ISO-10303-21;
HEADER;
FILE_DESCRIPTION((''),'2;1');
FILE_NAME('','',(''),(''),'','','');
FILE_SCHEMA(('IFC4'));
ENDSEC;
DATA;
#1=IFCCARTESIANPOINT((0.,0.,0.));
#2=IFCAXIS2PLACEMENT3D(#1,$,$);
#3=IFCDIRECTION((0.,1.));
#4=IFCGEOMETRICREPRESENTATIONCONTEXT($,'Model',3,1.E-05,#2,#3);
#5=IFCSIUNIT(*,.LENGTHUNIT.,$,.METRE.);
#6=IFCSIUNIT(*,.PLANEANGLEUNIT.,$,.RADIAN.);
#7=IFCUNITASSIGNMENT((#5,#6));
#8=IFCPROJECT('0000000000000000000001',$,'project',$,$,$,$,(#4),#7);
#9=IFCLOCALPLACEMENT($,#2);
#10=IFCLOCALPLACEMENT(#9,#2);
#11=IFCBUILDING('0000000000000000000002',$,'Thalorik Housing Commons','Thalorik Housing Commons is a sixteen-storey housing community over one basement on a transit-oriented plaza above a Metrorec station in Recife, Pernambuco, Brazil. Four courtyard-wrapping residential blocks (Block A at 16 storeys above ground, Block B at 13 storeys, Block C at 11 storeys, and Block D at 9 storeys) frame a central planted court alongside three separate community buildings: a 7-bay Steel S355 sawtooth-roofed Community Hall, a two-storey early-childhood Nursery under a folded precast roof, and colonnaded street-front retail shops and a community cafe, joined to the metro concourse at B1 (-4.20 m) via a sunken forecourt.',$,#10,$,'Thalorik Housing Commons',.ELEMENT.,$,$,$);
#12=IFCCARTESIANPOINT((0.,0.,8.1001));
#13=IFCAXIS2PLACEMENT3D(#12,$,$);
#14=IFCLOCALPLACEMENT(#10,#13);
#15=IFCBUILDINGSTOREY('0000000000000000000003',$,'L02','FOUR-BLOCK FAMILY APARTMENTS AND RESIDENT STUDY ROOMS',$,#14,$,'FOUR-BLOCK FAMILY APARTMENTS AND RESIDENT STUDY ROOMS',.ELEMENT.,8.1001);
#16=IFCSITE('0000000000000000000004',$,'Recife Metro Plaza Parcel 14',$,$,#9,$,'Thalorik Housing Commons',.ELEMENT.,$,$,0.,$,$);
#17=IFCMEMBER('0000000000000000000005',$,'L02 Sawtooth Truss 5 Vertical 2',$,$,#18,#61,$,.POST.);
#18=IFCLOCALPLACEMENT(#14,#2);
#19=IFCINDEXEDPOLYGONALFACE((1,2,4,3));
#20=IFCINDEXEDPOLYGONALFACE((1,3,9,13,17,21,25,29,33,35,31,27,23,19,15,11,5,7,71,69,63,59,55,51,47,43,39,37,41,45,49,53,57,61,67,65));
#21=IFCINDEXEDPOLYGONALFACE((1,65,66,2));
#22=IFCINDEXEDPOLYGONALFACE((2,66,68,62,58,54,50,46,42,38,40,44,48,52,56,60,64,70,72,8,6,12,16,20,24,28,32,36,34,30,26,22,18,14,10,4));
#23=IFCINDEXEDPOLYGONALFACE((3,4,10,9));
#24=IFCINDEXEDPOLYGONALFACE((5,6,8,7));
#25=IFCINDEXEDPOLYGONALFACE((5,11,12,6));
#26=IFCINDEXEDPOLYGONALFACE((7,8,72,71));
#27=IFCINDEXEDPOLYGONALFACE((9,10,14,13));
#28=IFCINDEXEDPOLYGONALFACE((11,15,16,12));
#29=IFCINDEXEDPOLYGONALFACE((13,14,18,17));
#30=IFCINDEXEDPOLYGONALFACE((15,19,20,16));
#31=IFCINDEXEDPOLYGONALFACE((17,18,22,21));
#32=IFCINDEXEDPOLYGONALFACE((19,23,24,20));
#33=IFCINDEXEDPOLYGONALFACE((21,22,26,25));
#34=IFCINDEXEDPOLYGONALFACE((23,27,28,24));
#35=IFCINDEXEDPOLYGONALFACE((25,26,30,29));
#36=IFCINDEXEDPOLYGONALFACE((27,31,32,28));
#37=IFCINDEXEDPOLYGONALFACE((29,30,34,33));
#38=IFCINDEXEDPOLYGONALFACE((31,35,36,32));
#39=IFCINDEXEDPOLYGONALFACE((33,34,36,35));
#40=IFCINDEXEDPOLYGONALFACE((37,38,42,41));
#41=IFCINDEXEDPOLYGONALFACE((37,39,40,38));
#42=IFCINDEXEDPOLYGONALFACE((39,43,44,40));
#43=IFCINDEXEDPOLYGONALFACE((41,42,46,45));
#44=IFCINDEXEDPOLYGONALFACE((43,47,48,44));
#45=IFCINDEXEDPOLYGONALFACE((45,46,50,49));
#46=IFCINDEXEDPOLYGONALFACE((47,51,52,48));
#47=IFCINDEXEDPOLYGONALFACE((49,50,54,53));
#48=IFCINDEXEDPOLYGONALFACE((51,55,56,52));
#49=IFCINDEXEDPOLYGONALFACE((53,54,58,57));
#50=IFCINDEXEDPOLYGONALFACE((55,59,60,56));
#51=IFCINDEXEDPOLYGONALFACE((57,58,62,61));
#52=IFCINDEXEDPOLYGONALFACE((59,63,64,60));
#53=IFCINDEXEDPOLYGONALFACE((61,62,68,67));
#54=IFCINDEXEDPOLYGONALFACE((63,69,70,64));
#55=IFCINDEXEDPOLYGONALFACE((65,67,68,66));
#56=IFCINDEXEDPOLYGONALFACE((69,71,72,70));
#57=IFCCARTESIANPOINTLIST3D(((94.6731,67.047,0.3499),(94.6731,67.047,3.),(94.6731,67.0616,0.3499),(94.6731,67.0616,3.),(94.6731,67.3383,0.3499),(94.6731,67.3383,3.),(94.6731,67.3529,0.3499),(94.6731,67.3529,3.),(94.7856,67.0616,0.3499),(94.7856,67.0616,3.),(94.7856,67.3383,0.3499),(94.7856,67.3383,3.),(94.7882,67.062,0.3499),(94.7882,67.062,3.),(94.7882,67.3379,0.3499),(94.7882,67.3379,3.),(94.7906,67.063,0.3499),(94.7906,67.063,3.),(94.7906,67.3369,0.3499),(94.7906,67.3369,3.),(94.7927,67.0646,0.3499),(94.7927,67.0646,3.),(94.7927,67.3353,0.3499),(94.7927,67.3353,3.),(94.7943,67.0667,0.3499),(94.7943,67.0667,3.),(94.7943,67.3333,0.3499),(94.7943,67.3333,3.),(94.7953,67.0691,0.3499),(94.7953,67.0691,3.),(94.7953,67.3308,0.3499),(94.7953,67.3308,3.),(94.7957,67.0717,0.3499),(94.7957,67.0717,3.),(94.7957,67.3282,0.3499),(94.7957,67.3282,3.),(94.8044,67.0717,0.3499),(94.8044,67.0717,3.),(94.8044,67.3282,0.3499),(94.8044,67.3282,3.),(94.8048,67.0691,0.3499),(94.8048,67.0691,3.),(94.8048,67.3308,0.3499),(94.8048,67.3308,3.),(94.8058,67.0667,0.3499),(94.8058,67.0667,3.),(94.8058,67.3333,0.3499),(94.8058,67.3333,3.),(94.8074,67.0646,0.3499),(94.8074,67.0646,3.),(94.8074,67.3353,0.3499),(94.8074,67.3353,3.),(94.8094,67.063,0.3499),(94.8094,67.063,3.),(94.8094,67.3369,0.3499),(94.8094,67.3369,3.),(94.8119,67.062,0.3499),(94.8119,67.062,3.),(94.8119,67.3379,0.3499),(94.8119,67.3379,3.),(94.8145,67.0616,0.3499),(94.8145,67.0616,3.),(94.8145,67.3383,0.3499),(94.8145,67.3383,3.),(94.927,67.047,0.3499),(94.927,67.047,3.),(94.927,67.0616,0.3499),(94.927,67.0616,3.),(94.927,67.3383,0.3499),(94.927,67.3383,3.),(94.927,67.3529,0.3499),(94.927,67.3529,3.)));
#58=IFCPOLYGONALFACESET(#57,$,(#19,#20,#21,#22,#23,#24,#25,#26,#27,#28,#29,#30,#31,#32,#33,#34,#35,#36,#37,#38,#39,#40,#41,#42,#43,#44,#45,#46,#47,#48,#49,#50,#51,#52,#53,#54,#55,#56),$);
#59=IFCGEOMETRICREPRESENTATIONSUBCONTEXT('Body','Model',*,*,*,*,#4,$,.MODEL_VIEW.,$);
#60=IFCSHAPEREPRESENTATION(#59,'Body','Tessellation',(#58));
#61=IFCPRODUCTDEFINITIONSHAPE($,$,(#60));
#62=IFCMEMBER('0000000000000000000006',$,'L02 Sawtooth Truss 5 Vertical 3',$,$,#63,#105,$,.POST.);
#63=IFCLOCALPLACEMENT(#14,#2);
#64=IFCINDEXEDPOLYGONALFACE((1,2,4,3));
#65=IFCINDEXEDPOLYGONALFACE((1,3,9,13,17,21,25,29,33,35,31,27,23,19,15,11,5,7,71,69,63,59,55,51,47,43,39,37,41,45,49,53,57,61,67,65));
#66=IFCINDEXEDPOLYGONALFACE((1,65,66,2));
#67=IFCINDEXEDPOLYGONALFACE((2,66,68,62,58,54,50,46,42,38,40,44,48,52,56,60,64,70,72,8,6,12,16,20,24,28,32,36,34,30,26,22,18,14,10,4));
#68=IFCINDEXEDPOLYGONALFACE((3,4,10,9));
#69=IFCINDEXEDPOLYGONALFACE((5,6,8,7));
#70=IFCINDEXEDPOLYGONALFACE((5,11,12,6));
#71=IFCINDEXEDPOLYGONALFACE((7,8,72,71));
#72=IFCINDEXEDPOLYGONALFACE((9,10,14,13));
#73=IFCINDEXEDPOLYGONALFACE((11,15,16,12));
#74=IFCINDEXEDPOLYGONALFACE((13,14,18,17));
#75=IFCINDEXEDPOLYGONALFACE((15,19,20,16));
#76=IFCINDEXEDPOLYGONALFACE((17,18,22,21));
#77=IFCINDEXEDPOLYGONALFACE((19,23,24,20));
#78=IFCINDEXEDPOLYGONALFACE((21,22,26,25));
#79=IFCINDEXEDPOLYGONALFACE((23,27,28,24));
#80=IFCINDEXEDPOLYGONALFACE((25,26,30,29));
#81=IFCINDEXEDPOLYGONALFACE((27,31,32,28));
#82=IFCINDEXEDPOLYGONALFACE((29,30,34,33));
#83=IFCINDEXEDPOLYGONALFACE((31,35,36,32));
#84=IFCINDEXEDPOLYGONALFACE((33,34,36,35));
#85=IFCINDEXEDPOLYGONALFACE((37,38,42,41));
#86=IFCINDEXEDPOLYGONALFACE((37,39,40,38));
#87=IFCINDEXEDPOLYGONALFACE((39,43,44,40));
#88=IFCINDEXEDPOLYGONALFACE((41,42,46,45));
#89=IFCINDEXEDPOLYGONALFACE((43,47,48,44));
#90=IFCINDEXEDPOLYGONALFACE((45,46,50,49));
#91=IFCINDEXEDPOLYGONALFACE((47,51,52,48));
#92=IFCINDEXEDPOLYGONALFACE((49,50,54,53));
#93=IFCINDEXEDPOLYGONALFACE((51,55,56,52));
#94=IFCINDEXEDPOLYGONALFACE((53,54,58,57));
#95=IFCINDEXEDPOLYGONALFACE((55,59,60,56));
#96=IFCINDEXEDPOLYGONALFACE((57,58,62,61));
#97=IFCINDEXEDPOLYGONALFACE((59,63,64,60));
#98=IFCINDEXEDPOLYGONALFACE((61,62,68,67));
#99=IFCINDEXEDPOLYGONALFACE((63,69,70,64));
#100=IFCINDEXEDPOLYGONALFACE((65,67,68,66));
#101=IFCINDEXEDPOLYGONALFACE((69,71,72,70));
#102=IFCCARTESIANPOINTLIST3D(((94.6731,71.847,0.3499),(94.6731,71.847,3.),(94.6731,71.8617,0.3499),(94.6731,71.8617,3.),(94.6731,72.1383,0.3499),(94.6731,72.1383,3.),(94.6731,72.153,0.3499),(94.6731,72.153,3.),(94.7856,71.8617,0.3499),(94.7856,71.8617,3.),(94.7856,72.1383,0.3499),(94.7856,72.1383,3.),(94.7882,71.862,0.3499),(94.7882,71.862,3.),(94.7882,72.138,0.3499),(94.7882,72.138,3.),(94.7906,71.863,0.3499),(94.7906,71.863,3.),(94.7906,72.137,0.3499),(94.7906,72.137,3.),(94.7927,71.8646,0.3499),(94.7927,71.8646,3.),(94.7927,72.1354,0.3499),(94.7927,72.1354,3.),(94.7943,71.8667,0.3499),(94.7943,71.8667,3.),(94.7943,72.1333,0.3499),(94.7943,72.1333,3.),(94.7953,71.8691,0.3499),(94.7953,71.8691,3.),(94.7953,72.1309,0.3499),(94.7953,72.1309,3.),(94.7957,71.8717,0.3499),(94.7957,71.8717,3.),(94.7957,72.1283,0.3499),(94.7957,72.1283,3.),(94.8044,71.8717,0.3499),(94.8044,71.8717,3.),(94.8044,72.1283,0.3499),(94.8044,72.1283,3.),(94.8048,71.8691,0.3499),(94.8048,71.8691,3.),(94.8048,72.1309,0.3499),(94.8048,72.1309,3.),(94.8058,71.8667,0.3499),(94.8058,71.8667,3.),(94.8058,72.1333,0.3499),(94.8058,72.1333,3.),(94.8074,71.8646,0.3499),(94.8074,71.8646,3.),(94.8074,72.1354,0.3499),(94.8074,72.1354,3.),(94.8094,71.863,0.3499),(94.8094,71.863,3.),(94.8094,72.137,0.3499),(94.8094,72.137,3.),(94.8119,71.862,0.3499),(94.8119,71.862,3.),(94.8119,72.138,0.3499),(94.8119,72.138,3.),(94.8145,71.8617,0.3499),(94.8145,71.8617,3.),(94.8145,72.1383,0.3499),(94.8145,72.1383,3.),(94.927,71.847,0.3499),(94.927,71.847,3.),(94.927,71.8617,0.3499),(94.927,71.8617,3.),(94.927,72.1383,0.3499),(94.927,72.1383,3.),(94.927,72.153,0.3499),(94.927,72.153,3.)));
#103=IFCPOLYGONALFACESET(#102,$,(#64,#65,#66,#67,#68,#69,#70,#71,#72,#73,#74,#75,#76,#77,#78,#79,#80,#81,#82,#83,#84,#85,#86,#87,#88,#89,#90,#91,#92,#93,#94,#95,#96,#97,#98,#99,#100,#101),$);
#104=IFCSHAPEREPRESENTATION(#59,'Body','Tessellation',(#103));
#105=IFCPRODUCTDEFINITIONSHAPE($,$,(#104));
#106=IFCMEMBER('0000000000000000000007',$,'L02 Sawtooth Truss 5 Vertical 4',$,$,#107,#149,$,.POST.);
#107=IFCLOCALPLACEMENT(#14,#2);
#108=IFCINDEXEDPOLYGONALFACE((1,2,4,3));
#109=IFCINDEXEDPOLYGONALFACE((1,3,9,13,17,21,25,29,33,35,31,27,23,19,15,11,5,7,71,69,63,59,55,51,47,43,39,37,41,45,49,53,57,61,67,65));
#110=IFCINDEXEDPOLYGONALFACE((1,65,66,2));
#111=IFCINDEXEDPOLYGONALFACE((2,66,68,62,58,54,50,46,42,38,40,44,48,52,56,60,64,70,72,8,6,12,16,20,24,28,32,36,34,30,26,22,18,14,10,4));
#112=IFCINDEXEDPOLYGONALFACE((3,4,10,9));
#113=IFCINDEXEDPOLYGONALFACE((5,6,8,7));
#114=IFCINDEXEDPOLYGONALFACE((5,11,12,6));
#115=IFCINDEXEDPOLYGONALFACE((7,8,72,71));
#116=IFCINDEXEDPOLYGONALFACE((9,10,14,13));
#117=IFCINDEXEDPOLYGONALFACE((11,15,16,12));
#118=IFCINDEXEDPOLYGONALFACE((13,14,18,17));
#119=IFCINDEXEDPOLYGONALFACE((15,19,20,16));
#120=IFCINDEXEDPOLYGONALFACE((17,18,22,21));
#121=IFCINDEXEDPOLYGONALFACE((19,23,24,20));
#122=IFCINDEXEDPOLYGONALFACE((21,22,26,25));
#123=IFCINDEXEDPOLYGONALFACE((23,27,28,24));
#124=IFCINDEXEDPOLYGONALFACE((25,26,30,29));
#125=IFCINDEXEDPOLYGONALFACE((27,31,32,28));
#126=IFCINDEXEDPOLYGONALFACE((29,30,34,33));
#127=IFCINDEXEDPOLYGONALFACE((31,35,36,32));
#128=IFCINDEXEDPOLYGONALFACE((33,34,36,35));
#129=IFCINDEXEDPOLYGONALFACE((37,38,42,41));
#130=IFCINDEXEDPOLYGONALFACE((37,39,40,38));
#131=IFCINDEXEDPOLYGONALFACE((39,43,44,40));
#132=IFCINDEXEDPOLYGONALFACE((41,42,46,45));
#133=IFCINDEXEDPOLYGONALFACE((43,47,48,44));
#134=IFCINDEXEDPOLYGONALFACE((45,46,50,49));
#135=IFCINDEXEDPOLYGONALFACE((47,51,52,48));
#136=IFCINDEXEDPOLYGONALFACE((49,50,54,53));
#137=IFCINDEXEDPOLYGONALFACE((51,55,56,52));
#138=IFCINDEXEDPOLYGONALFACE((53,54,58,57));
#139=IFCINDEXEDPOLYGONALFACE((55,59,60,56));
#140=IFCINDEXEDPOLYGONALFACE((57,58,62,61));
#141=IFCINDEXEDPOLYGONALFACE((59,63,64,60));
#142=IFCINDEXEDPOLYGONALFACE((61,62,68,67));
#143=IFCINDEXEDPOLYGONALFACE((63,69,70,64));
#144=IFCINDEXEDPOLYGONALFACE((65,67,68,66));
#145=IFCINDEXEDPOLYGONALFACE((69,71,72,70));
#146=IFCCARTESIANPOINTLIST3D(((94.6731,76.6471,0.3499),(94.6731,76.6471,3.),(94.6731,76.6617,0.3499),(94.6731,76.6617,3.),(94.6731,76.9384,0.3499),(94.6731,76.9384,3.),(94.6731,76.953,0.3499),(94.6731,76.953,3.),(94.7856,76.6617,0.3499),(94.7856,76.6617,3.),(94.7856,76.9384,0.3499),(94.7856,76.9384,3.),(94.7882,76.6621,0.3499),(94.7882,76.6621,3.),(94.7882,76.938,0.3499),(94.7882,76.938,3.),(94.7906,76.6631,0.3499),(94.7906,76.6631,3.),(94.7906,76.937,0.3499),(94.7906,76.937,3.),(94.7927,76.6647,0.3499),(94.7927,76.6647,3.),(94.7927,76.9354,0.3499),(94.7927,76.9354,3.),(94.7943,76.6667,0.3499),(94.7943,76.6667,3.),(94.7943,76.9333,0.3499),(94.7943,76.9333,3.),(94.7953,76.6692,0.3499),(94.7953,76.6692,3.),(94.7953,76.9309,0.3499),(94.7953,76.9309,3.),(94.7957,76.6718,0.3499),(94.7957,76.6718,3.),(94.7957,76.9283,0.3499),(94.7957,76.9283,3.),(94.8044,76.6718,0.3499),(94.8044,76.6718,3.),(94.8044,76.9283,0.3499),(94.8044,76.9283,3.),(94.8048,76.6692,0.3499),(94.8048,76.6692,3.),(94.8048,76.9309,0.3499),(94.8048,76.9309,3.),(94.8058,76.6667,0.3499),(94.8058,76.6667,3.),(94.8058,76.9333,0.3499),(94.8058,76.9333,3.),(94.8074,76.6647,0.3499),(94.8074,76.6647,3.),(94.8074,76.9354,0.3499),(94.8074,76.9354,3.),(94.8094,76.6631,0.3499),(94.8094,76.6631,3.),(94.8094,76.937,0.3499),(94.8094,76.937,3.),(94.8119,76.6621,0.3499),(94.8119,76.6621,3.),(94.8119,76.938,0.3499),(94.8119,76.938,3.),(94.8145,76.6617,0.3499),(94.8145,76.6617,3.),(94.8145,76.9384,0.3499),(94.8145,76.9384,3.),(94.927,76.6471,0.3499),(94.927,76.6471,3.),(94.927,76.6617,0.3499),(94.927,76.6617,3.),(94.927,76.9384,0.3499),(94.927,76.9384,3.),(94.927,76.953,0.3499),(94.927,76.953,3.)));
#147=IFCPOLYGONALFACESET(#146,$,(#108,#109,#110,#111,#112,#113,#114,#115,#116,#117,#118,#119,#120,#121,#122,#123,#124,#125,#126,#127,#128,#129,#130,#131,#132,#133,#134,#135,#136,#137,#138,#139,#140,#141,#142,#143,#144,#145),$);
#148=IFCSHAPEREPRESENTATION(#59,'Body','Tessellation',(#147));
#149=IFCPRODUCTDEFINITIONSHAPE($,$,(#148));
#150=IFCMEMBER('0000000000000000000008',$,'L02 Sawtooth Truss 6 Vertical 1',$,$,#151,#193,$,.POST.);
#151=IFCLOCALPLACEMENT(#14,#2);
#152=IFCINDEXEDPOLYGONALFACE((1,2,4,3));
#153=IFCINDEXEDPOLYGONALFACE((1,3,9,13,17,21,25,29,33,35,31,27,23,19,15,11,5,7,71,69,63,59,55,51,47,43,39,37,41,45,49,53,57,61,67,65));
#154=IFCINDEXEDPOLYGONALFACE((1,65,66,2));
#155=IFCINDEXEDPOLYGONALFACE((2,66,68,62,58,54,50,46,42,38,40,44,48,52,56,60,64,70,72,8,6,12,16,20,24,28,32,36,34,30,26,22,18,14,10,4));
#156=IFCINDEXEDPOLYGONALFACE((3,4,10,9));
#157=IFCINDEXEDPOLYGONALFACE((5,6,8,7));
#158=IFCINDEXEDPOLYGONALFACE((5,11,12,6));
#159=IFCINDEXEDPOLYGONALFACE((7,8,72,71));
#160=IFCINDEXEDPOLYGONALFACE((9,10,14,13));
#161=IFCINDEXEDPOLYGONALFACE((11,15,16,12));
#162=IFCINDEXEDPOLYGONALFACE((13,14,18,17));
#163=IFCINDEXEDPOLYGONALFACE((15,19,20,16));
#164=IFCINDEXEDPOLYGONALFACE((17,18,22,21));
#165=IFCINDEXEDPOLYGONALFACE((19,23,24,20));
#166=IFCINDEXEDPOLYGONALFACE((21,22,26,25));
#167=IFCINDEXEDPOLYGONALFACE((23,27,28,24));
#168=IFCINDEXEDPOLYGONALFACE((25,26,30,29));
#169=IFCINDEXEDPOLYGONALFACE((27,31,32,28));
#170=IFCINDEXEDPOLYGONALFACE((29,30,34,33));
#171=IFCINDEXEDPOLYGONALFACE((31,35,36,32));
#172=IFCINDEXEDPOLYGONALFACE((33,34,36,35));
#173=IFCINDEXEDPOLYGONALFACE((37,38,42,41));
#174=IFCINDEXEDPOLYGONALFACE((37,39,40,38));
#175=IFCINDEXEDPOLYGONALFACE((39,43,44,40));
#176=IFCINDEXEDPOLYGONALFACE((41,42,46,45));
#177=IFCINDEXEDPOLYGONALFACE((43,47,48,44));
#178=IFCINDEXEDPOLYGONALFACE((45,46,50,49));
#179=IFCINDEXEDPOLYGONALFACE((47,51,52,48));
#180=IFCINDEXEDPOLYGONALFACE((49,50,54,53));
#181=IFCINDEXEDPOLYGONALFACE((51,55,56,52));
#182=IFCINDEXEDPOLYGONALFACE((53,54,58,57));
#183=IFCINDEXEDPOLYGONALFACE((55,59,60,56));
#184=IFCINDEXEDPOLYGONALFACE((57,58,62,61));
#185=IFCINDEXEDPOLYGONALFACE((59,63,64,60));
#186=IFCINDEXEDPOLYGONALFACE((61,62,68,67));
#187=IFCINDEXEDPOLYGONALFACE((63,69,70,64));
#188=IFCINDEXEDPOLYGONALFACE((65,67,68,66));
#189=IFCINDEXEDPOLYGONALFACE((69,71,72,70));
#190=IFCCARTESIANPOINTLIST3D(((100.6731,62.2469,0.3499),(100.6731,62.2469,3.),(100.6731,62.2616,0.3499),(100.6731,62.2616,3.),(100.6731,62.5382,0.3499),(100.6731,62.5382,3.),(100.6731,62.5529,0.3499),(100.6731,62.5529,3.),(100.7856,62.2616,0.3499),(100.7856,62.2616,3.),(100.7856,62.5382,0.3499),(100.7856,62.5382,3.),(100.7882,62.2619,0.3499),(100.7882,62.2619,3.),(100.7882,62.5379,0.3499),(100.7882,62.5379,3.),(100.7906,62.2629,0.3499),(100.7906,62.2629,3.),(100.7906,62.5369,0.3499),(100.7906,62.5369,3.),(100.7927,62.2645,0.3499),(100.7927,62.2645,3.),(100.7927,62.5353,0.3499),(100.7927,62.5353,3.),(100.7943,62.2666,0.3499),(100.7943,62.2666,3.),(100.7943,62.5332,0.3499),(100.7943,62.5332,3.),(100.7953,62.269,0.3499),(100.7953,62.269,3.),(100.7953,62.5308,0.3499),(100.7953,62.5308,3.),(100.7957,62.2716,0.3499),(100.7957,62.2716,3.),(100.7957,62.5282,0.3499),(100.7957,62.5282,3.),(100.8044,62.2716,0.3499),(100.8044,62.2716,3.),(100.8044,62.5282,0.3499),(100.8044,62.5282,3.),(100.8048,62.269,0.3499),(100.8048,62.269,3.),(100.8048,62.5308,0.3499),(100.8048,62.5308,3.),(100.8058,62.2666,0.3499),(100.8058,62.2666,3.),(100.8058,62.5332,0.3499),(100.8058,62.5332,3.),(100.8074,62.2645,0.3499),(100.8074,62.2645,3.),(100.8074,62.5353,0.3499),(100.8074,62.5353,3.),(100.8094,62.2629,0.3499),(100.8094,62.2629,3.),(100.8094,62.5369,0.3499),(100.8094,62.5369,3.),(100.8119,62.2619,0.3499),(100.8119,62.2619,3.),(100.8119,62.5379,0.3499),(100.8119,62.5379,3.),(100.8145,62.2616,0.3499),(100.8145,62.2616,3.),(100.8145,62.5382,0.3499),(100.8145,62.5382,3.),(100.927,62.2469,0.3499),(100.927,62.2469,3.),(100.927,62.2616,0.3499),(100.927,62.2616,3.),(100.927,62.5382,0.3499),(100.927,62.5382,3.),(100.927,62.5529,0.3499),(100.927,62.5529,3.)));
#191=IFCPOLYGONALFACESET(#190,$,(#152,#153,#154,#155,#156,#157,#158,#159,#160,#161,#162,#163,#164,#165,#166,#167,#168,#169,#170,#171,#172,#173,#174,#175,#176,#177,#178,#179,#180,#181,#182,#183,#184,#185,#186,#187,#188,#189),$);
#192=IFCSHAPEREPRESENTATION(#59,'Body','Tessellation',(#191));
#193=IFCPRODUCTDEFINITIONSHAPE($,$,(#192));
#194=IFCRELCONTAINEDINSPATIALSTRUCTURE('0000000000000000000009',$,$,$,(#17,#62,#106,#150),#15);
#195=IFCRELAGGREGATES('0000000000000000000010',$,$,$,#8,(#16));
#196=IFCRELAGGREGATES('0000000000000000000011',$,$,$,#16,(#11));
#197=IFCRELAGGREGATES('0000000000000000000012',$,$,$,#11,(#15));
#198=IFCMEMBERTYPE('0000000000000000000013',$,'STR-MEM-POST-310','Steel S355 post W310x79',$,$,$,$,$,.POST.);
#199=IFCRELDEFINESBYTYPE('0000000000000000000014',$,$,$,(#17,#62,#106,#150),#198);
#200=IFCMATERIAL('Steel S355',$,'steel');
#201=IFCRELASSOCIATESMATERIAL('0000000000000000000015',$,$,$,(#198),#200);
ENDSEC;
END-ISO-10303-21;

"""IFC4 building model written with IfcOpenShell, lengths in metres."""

from ifc_helpers import new_model, si_unit, direction, frame, origin, origin_2d, place, context, subcontext, project, spatial, i_section, extrude, material, material_profile, profile_set, type_object, element, save


model = new_model("IFC4")

# Units and contexts
model_context = context("Model", 3, precision=1e-05, world=origin(), true_north=direction((0.0, 1.0)))
body_context = subcontext(model_context, "Body", "Model", "MODEL_VIEW")
ifc_project = project(units=[si_unit("LENGTHUNIT", "METRE"), si_unit("PLANEANGLEUNIT", "RADIAN")], contexts=[model_context])

# Site, building, storey
site_placement = place(None, origin())
site = spatial("IfcSite", under=ifc_project, at=site_placement, Name="Recife Metro Plaza Parcel 14", LongName="Thalorik Housing Commons", CompositionType="ELEMENT", RefElevation=0.0)
building_placement = place(site_placement, origin())
building = spatial("IfcBuilding", under=site, at=building_placement, Name="Thalorik Housing Commons", Description="Thalorik Housing Commons is a sixteen-storey housing community over one basement on a transit-oriented plaza above a Metrorec station in Recife, Pernambuco, Brazil. Four courtyard-wrapping residential blocks (Block A at 16 storeys above ground, Block B at 13 storeys, Block C at 11 storeys, and Block D at 9 storeys) frame a central planted court alongside three separate community buildings: a 7-bay Steel S355 sawtooth-roofed Community Hall, a two-storey early-childhood Nursery under a folded precast roof, and colonnaded street-front retail shops and a community cafe, joined to the metro concourse at B1 (-4.20 m) via a sunken forecourt.", LongName="Thalorik Housing Commons", CompositionType="ELEMENT")
storey_placement = place(building_placement, frame((0.0, 0.0, 8.1001)))
storey = spatial("IfcBuildingStorey", under=building, at=storey_placement, Name="L02", Description="FOUR-BLOCK FAMILY APARTMENTS AND RESIDENT STUDY ROOMS", LongName="FOUR-BLOCK FAMILY APARTMENTS AND RESIDENT STUDY ROOMS", CompositionType="ELEMENT", Elevation=8.1001)

# Shared definitions
ifc_material_1 = material(Name="Steel S355", Category="steel")

# Members
ifc_material_profile_1 = material_profile(ifc_material_1, i_section(OverallWidth=0.2539, OverallDepth=0.3059, WebThickness=0.0088, FlangeThickness=0.0146, FilletRadius=0.01, at=origin_2d()), Name="W310x79", Category="steel")
ifc_profile_set_1 = profile_set([ifc_material_profile_1], Name="Steel S355")
member_type_1 = type_object("IfcMemberType", Name="STR-MEM-POST-310", Description="Steel S355 post W310x79", PredefinedType="POST", material=ifc_profile_set_1)
for number, where, z_axis, x_axis, name in (
    (1, (94.8, 67.2, 0.3499), (0.0, 0.0, 1.0), (1.0, 0.0, 0.0), "L02 Sawtooth Truss 5 Vertical 2"),
    (2, (94.8, 72.0, 0.3499), (0.0, 0.0, 1.0), (1.0, 0.0, 0.0), "L02 Sawtooth Truss 5 Vertical 3"),
    (3, (94.8, 76.8, 0.3499), (0.0, 0.0, 1.0), (1.0, 0.0, 0.0), "L02 Sawtooth Truss 5 Vertical 4"),
    (4, (100.8, 62.3999, 0.3499), (0.0, 0.0, 1.0), (1.0, 0.0, 0.0), "L02 Sawtooth Truss 6 Vertical 1"),
):
    element("IfcMember", number, at=place(storey_placement, frame(where, z_axis=z_axis, x_axis=x_axis)), inside=storey, type_object=member_type_1, Name=name, PredefinedType="POST", context=body_context, shape_type="SweptSolid", body=[
        extrude(i_section(OverallWidth=0.2539, OverallDepth=0.3059, WebThickness=0.0088, FlangeThickness=0.0146, FilletRadius=0.01, at=origin_2d()), origin(), (0.0, 0.0, 1.0), 2.6501),
    ])

save(model, "model.ifc")
